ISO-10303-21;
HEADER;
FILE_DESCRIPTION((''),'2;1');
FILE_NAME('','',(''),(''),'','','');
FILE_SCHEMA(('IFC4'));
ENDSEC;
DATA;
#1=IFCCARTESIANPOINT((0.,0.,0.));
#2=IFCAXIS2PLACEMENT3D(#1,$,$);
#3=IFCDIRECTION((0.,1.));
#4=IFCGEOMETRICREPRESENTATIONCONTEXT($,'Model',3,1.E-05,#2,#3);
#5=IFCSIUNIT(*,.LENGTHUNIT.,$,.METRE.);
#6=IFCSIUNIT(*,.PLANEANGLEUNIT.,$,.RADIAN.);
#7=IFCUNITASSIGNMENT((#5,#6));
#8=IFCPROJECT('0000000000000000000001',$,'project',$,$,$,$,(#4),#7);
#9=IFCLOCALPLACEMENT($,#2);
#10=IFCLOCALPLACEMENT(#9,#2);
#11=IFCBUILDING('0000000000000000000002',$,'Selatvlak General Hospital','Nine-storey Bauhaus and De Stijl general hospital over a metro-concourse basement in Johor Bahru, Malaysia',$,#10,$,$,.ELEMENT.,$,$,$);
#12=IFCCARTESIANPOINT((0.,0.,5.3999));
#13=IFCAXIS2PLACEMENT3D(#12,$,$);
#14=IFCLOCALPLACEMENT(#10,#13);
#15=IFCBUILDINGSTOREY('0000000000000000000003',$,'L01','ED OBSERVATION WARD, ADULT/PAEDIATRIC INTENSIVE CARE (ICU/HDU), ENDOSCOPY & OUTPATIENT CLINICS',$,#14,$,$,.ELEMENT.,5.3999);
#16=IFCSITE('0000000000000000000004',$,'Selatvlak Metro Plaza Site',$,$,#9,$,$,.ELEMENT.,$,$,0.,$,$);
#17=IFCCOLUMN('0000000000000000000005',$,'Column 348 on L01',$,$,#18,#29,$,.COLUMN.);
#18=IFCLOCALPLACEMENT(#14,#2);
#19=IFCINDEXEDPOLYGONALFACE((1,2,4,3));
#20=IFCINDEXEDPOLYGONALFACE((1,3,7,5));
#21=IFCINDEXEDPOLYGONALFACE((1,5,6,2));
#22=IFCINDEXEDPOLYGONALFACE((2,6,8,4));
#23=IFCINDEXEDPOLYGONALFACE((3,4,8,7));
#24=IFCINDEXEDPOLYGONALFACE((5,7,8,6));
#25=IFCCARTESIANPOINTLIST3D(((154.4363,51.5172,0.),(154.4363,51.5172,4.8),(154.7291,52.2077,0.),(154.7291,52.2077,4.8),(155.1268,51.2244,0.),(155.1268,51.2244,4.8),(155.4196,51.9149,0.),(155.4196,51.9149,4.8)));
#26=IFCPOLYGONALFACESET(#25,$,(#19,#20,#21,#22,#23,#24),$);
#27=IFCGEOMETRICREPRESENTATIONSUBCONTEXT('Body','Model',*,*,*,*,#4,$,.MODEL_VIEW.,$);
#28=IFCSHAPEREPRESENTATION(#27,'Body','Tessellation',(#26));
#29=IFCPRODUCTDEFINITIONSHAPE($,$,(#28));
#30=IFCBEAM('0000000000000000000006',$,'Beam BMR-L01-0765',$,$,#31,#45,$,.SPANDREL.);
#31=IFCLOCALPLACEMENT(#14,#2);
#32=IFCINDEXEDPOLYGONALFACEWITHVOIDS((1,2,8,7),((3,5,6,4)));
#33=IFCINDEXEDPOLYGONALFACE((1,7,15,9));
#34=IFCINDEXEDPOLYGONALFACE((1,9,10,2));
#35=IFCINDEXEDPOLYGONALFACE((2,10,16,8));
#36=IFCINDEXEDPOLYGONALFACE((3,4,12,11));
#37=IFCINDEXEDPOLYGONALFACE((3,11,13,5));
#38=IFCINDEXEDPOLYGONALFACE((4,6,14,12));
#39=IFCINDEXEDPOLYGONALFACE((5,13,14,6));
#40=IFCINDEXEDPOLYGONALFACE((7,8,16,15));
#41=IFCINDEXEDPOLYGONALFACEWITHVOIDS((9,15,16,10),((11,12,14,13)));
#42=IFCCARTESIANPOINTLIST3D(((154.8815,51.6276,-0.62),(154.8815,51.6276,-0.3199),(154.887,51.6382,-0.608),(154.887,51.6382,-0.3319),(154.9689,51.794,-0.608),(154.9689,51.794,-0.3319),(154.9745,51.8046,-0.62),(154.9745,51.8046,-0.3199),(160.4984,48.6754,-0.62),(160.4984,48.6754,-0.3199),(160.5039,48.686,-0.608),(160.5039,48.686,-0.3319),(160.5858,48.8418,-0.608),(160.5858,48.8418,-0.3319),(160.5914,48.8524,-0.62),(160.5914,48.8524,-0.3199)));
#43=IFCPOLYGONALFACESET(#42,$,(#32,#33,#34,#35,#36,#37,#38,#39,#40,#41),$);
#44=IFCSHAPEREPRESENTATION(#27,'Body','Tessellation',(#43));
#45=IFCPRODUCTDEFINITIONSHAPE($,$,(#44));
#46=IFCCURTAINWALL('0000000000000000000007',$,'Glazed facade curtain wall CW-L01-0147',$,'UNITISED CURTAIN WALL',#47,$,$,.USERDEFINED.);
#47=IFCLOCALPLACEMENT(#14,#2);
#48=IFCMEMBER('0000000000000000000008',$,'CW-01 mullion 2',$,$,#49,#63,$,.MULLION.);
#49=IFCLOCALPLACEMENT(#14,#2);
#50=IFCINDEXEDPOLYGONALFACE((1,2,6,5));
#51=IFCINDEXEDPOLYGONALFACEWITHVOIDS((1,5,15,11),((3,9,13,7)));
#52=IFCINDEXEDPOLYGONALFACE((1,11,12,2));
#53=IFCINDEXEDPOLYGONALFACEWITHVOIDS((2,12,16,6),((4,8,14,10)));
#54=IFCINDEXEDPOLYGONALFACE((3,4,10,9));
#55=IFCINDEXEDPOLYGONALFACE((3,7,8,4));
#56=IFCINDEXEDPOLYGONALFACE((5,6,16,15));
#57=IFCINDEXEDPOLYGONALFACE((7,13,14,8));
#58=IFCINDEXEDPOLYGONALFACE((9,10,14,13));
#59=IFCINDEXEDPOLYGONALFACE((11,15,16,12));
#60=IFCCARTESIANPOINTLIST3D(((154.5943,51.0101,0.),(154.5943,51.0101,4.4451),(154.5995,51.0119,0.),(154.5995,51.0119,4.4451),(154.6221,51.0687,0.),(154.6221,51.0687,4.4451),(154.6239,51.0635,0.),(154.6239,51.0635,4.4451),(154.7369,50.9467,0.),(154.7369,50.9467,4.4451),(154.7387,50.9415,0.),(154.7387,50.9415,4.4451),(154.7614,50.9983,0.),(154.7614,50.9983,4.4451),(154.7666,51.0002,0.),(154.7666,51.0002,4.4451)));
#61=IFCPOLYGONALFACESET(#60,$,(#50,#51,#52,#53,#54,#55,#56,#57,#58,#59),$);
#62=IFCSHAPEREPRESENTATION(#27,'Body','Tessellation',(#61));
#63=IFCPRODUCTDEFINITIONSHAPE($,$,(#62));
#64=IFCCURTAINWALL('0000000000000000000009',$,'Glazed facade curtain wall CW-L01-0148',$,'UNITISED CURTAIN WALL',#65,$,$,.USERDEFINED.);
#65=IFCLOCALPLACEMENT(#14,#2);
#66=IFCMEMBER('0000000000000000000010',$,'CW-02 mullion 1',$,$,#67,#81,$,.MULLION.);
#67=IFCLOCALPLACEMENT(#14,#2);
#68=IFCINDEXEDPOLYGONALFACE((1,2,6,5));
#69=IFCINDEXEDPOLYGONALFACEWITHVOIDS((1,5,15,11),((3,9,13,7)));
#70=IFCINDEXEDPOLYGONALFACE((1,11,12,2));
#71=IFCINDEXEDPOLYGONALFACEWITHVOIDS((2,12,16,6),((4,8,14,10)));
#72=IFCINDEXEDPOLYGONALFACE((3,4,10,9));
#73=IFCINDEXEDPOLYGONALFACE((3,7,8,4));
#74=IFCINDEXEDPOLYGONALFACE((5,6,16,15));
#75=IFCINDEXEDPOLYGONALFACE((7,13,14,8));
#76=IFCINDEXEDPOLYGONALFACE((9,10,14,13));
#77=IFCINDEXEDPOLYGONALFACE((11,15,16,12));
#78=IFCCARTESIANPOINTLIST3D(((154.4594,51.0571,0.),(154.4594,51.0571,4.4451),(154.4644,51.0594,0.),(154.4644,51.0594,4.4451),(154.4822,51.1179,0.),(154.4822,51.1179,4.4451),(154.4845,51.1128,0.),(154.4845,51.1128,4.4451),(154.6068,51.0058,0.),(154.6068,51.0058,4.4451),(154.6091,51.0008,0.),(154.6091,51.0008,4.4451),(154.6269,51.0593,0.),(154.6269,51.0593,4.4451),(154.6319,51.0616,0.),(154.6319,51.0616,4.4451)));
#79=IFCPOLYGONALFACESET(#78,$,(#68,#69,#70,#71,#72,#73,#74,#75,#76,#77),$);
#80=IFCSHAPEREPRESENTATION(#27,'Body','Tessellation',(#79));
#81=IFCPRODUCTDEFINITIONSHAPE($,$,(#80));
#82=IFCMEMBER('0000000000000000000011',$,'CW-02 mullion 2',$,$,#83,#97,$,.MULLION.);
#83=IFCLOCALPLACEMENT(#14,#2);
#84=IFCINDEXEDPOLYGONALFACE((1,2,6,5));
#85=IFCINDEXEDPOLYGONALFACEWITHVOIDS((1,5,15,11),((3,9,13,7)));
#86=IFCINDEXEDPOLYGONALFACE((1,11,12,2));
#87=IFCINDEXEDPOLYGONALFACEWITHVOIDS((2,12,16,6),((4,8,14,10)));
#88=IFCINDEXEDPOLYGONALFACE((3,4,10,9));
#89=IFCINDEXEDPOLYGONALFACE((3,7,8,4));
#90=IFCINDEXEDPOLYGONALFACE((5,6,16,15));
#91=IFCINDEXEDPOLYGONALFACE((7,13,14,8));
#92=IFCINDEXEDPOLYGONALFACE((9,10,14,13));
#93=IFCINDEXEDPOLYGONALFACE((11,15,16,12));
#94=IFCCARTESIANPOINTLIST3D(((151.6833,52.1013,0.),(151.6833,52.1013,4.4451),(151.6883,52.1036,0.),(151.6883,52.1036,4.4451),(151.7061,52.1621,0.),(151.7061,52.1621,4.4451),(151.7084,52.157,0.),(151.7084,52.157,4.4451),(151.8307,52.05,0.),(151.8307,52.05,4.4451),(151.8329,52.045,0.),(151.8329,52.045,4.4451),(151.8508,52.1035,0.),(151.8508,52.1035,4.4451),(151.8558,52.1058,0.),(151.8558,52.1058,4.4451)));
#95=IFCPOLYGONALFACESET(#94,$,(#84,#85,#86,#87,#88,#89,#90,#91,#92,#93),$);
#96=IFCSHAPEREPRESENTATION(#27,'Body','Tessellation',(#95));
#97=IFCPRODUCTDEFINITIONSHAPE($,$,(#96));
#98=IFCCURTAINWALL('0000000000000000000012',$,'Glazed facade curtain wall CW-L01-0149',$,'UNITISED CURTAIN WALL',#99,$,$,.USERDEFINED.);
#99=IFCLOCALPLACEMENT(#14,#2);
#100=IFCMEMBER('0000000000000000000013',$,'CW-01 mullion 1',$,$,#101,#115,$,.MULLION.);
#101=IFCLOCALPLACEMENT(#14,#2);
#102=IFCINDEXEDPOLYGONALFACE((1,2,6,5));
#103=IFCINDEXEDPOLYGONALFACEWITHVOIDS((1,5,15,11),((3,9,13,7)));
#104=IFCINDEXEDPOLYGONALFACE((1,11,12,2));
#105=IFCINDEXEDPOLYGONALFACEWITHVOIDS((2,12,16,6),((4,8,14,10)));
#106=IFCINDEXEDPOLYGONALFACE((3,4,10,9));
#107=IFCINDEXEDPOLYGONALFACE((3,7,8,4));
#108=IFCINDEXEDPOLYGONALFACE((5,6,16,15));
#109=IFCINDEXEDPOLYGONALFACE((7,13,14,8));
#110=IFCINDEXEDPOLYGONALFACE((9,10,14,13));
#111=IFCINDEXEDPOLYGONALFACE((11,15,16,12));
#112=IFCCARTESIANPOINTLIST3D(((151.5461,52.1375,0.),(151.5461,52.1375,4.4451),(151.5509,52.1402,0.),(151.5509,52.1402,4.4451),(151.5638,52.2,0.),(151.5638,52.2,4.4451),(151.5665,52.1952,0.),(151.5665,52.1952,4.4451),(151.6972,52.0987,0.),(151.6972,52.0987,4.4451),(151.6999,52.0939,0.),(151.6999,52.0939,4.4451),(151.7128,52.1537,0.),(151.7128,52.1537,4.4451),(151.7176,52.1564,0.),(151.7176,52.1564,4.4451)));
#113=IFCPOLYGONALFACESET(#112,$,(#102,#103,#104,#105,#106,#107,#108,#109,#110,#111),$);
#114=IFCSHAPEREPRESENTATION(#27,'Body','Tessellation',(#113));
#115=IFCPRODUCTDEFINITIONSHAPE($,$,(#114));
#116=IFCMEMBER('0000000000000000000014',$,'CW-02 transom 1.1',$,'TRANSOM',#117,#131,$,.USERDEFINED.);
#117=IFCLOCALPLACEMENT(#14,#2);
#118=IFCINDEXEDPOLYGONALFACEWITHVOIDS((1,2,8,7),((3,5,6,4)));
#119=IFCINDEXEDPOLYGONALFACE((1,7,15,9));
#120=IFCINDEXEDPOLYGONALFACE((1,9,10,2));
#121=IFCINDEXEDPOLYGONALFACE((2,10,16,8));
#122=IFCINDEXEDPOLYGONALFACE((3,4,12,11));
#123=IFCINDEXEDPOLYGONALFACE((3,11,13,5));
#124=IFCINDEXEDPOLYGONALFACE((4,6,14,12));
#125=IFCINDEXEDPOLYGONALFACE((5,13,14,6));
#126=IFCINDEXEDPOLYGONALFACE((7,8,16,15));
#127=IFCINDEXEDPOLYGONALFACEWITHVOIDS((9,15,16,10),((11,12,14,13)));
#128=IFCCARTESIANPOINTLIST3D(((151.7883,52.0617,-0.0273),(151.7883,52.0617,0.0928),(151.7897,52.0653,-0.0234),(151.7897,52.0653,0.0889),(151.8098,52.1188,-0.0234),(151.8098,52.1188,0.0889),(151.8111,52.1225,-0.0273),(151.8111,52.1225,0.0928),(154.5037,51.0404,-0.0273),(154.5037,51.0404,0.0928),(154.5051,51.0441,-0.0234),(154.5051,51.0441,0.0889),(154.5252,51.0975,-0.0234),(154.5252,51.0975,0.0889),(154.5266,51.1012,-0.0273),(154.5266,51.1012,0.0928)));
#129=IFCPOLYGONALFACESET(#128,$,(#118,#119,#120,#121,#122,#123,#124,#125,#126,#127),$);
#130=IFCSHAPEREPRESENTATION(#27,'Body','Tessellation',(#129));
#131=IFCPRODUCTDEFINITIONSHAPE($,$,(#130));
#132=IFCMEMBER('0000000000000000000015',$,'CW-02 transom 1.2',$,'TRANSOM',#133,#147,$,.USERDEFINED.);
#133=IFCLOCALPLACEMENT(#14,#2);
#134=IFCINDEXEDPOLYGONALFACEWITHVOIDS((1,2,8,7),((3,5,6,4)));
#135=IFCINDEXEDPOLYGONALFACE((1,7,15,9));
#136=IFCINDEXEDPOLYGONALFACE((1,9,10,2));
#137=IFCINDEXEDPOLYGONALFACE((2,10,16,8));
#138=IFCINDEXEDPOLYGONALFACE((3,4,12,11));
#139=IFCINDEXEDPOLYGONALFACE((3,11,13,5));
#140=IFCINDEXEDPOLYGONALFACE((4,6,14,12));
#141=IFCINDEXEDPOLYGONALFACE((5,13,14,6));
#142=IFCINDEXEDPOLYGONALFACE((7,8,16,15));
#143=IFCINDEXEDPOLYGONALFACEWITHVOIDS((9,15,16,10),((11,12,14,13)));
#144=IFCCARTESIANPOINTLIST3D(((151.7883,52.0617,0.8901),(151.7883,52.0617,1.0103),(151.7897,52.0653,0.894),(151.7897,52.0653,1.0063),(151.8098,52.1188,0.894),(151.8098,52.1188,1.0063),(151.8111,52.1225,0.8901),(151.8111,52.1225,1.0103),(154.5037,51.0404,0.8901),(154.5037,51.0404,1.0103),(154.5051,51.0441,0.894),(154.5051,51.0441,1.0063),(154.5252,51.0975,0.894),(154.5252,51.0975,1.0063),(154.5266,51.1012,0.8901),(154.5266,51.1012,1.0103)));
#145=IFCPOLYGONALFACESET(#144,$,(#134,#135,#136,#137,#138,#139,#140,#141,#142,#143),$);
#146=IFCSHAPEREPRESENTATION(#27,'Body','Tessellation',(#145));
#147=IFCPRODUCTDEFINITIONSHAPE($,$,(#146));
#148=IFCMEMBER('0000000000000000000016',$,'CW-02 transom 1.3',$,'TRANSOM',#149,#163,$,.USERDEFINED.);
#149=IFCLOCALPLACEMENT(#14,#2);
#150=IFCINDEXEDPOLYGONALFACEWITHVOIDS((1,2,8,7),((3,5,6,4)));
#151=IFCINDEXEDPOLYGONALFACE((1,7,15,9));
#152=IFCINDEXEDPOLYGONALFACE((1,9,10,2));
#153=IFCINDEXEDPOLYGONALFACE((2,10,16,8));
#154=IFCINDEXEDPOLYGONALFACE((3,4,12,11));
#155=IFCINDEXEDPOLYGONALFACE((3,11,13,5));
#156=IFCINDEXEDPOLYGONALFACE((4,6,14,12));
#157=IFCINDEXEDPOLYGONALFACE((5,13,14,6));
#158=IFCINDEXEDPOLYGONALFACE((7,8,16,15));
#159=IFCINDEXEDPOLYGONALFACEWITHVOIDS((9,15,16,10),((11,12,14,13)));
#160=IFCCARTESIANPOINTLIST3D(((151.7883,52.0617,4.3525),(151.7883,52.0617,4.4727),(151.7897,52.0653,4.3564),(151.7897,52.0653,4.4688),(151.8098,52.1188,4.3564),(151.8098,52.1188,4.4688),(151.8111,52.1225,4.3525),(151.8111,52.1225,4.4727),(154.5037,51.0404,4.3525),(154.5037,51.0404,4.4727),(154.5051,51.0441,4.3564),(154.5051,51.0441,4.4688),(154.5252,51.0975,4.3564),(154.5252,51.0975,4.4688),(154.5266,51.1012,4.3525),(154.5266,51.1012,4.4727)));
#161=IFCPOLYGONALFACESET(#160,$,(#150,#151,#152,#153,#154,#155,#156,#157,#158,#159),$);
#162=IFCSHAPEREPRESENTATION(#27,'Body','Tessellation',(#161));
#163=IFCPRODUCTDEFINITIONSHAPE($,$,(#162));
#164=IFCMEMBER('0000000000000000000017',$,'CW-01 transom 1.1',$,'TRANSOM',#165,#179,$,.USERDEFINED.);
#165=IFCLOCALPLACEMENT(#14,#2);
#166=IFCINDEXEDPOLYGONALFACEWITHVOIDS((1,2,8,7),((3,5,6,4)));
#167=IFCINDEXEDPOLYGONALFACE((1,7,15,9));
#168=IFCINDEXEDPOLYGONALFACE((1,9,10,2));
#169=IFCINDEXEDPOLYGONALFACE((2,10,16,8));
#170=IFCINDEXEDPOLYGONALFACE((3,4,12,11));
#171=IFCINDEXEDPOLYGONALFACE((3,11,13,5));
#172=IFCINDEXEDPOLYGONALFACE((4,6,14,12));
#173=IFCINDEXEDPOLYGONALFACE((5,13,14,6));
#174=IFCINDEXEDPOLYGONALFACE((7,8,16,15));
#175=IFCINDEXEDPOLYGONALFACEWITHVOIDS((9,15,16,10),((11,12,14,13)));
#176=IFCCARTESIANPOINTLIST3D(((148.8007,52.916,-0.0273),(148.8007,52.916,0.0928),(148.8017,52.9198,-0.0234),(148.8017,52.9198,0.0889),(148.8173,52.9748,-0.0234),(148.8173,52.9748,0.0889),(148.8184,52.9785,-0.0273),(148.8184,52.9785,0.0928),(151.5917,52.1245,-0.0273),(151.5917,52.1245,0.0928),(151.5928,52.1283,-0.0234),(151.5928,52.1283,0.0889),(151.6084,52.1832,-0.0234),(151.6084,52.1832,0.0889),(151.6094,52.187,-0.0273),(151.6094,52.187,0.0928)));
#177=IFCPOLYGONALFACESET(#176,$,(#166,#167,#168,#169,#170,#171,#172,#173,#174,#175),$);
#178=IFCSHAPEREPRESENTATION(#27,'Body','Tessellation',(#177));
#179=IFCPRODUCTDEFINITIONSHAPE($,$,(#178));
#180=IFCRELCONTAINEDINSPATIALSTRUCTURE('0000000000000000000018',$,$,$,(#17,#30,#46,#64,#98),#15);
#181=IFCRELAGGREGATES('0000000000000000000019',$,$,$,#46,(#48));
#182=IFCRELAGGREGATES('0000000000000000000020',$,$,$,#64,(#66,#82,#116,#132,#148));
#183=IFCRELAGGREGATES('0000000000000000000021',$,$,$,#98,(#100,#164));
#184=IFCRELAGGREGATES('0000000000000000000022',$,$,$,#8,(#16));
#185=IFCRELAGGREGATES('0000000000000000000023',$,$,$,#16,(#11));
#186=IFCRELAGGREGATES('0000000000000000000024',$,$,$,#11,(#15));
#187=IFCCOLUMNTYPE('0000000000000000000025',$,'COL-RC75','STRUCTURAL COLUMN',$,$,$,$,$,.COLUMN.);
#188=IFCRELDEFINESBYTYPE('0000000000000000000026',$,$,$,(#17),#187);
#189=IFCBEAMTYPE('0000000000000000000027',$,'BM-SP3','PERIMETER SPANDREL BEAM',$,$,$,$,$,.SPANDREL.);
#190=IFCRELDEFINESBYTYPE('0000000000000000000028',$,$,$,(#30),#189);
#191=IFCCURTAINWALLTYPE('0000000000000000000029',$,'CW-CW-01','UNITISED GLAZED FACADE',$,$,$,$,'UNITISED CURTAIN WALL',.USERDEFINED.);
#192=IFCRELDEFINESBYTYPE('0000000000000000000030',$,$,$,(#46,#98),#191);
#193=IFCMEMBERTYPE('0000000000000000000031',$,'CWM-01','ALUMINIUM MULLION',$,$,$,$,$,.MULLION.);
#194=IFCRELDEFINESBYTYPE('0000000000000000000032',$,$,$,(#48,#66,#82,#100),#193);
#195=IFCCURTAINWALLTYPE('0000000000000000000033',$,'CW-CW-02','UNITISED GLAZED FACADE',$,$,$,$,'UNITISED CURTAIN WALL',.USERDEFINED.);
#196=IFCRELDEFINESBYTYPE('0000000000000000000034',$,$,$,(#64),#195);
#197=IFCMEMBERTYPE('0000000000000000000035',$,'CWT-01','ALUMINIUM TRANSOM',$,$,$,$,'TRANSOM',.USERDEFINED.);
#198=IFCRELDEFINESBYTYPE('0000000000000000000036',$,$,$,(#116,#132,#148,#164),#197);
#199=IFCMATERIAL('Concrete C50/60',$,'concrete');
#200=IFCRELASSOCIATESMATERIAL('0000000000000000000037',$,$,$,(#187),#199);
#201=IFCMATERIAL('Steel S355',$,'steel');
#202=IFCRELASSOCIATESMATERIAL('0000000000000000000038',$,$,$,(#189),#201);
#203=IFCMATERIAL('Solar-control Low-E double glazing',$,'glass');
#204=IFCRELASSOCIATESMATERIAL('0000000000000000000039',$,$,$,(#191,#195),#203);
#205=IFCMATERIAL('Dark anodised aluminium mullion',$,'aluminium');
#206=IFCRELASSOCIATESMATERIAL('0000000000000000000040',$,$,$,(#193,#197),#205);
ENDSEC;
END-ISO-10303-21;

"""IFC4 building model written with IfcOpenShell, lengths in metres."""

from ifc_helpers import new_model, si_unit, direction, frame, origin, origin_2d, place, context, subcontext, project, spatial, rectangle, hollow_rectangle, extrude, material, material_profile, profile_set, type_object, element, aggregate, save


model = new_model("IFC4")

# Units and contexts
model_context = context("Model", 3, precision=1e-05, world=origin(), true_north=direction((0.0, 1.0)))
body_context = subcontext(model_context, "Body", "Model", "MODEL_VIEW")
ifc_project = project(units=[si_unit("LENGTHUNIT", "METRE"), si_unit("PLANEANGLEUNIT", "RADIAN")], contexts=[model_context])

# Site, building, storey
site_placement = place(None, origin())
site = spatial("IfcSite", under=ifc_project, at=site_placement, Name="Selatvlak Metro Plaza Site", CompositionType="ELEMENT", RefElevation=0.0)
building_placement = place(site_placement, origin())
building = spatial("IfcBuilding", under=site, at=building_placement, Name="Selatvlak General Hospital", Description="Nine-storey Bauhaus and De Stijl general hospital over a metro-concourse basement in Johor Bahru, Malaysia", CompositionType="ELEMENT")
storey_placement = place(building_placement, frame((0.0, 0.0, 5.3999)))
storey = spatial("IfcBuildingStorey", under=building, at=storey_placement, Name="L01", Description="ED OBSERVATION WARD, ADULT/PAEDIATRIC INTENSIVE CARE (ICU/HDU), ENDOSCOPY & OUTPATIENT CLINICS", CompositionType="ELEMENT", Elevation=5.3999)

# Column
ifc_material_1 = material(Name="Concrete C50/60", Category="concrete")
ifc_material_profile_1 = material_profile(ifc_material_1, rectangle(XDim=0.75, YDim=0.75, at=origin_2d()), Name="RC-COL 750x750")
ifc_profile_set_1 = profile_set([ifc_material_profile_1], Name="Concrete C50/60")
column_type = type_object("IfcColumnType", Name="COL-RC75", Description="STRUCTURAL COLUMN", PredefinedType="COLUMN", material=ifc_profile_set_1)
column_placement = place(storey_placement, frame((154.928, 51.7161, 0.0), z_axis=(0.0, 0.0, 1.0), x_axis=(0.390394, 0.920648, 0.0)))
element("IfcColumn", 1, at=column_placement, inside=storey, type_object=column_type, Name="Column 348 on L01", PredefinedType="COLUMN", context=body_context, shape_type="SweptSolid", body=[
    extrude(rectangle(XDim=0.75, YDim=0.75, at=origin_2d()), origin(), (0.0, 0.0, 1.0), 4.8),
])

# Beam
ifc_material_2 = material(Name="Steel S355", Category="steel")
ifc_material_profile_2 = material_profile(ifc_material_2, hollow_rectangle(XDim=0.2, YDim=0.3, WallThickness=0.012, at=origin_2d()), Name="RHS 300x200x12")
ifc_profile_set_2 = profile_set([ifc_material_profile_2], Name="Steel S355")
beam_type = type_object("IfcBeamType", Name="BM-SP3", Description="PERIMETER SPANDREL BEAM", PredefinedType="SPANDREL", material=ifc_profile_set_2)
beam_placement = place(storey_placement, frame((154.928, 51.7161, -0.47), z_axis=(0.885187, -0.465236, 0.0), x_axis=(0.465236, 0.885187, 0.0)))
element("IfcBeam", 2, at=beam_placement, inside=storey, type_object=beam_type, Name="Beam BMR-L01-0765", PredefinedType="SPANDREL", context=body_context, shape_type="SweptSolid", body=[
    extrude(hollow_rectangle(XDim=0.2, YDim=0.3, WallThickness=0.012, at=origin_2d()), origin(), (0.0, 0.0, 1.0), 6.3455),
])

# Curtain wall, member
ifc_material_3 = material(Name="Solar-control Low-E double glazing", Category="glass")
curtain_wall_type_1 = type_object("IfcCurtainWallType", Name="CW-CW-01", Description="UNITISED GLAZED FACADE", ElementType="UNITISED CURTAIN WALL", PredefinedType="USERDEFINED", material=ifc_material_3)
curtain_wall_1_placement = place(storey_placement, origin())
curtain_wall_1 = element("IfcCurtainWall", 3, at=curtain_wall_1_placement, inside=storey, type_object=curtain_wall_type_1, Name="Glazed facade curtain wall CW-L01-0147", ObjectType="UNITISED CURTAIN WALL", PredefinedType="USERDEFINED")
ifc_material_4 = material(Name="Dark anodised aluminium mullion", Category="aluminium")
ifc_material_profile_3 = material_profile(ifc_material_4, hollow_rectangle(XDim=0.0649, YDim=0.1599, WallThickness=0.0039, at=origin_2d()), Name="AL-MUL 65x160x4")
ifc_profile_set_3 = profile_set([ifc_material_profile_3], Name="Dark anodised aluminium mullion")
member_type_1 = type_object("IfcMemberType", Name="CWM-01", Description="ALUMINIUM MULLION", PredefinedType="MULLION", material=ifc_profile_set_3)
member_1_placement = place(storey_placement, frame((154.6804, 51.0051, 0.0), z_axis=(0.0, 0.0, 1.0), x_axis=(-0.428526, -0.90353, 0.0)))
member_1 = element("IfcMember", 4, at=member_1_placement, type_object=member_type_1, Name="CW-01 mullion 2", PredefinedType="MULLION", context=body_context, shape_type="SweptSolid", body=[
    extrude(hollow_rectangle(XDim=0.0649, YDim=0.1599, WallThickness=0.0039, at=origin_2d()), origin(), (0.0, 0.0, 1.0), 4.4451),
])

# Curtain wall, members
curtain_wall_type_2 = type_object("IfcCurtainWallType", Name="CW-CW-02", Description="UNITISED GLAZED FACADE", ElementType="UNITISED CURTAIN WALL", PredefinedType="USERDEFINED", material=ifc_material_3)
curtain_wall_2_placement = place(storey_placement, origin())
curtain_wall_2 = element("IfcCurtainWall", 5, at=curtain_wall_2_placement, inside=storey, type_object=curtain_wall_type_2, Name="Glazed facade curtain wall CW-L01-0148", ObjectType="UNITISED CURTAIN WALL", PredefinedType="USERDEFINED")
member_2_placement = place(storey_placement, frame((154.5457, 51.0593, 0.0), z_axis=(0.0, 0.0, 1.0), x_axis=(-0.352027, -0.93599, 0.0)))
member_2 = element("IfcMember", 6, at=member_2_placement, type_object=member_type_1, Name="CW-02 mullion 1", PredefinedType="MULLION", context=body_context, shape_type="SweptSolid", body=[
    extrude(hollow_rectangle(XDim=0.0649, YDim=0.1599, WallThickness=0.0039, at=origin_2d()), origin(), (0.0, 0.0, 1.0), 4.4451),
])
member_3_placement = place(storey_placement, frame((151.7695, 52.1035, 0.0), z_axis=(0.0, 0.0, 1.0), x_axis=(-0.352027, -0.93599, 0.0)))
member_3 = element("IfcMember", 7, at=member_3_placement, type_object=member_type_1, Name="CW-02 mullion 2", PredefinedType="MULLION", context=body_context, shape_type="SweptSolid", body=[
    extrude(hollow_rectangle(XDim=0.0649, YDim=0.1599, WallThickness=0.0039, at=origin_2d()), origin(), (0.0, 0.0, 1.0), 4.4451),
])

# Curtain wall, member
curtain_wall_3_placement = place(storey_placement, origin())
curtain_wall_3 = element("IfcCurtainWall", 8, at=curtain_wall_3_placement, inside=storey, type_object=curtain_wall_type_1, Name="Glazed facade curtain wall CW-L01-0149", ObjectType="UNITISED CURTAIN WALL", PredefinedType="USERDEFINED")
member_4_placement = place(storey_placement, frame((151.6318, 52.147, 0.0), z_axis=(0.0, 0.0, 1.0), x_axis=(-0.272847, -0.962057, 0.0)))
member_4 = element("IfcMember", 9, at=member_4_placement, type_object=member_type_1, Name="CW-01 mullion 1", PredefinedType="MULLION", context=body_context, shape_type="SweptSolid", body=[
    extrude(hollow_rectangle(XDim=0.0649, YDim=0.1599, WallThickness=0.0039, at=origin_2d()), origin(), (0.0, 0.0, 1.0), 4.4451),
])

# Members
ifc_material_profile_4 = material_profile(ifc_material_4, hollow_rectangle(XDim=0.0649, YDim=0.1201, WallThickness=0.0039, at=origin_2d()), Name="AL-TRN 65x120x4")
ifc_profile_set_4 = profile_set([ifc_material_profile_4], Name="Dark anodised aluminium mullion")
member_type_2 = type_object("IfcMemberType", Name="CWT-01", Description="ALUMINIUM TRANSOM", ElementType="TRANSOM", PredefinedType="USERDEFINED", material=ifc_profile_set_4)
member_5_placement = place(storey_placement, frame((154.5151, 51.0708, 0.0327), z_axis=(-0.93599, 0.352027, 0.0), x_axis=(-0.352027, -0.93599, 0.0)))
member_5 = element("IfcMember", 10, at=member_5_placement, type_object=member_type_2, Name="CW-02 transom 1.1", ObjectType="TRANSOM", PredefinedType="USERDEFINED", context=body_context, shape_type="SweptSolid", body=[
    extrude(hollow_rectangle(XDim=0.0649, YDim=0.1201, WallThickness=0.0039, at=origin_2d()), origin(), (0.0, 0.0, 1.0), 2.9011),
])
member_6_placement = place(storey_placement, frame((154.5151, 51.0708, 0.9502), z_axis=(-0.93599, 0.352027, 0.0), x_axis=(-0.352027, -0.93599, 0.0)))
member_6 = element("IfcMember", 11, at=member_6_placement, type_object=member_type_2, Name="CW-02 transom 1.2", ObjectType="TRANSOM", PredefinedType="USERDEFINED", context=body_context, shape_type="SweptSolid", body=[
    extrude(hollow_rectangle(XDim=0.0649, YDim=0.1201, WallThickness=0.0039, at=origin_2d()), origin(), (0.0, 0.0, 1.0), 2.9011),
])
member_7_placement = place(storey_placement, frame((154.5151, 51.0708, 4.4126), z_axis=(-0.93599, 0.352027, 0.0), x_axis=(-0.352027, -0.93599, 0.0)))
member_7 = element("IfcMember", 12, at=member_7_placement, type_object=member_type_2, Name="CW-02 transom 1.3", ObjectType="TRANSOM", PredefinedType="USERDEFINED", context=body_context, shape_type="SweptSolid", body=[
    extrude(hollow_rectangle(XDim=0.0649, YDim=0.1201, WallThickness=0.0039, at=origin_2d()), origin(), (0.0, 0.0, 1.0), 2.9011),
])
member_8_placement = place(storey_placement, frame((151.6006, 52.1558, 0.0327), z_axis=(-0.962062, 0.272831, 0.0), x_axis=(-0.272831, -0.962062, 0.0)))
member_8 = element("IfcMember", 13, at=member_8_placement, type_object=member_type_2, Name="CW-01 transom 1.1", ObjectType="TRANSOM", PredefinedType="USERDEFINED", context=body_context, shape_type="SweptSolid", body=[
    extrude(hollow_rectangle(XDim=0.0649, YDim=0.1201, WallThickness=0.0039, at=origin_2d()), origin(), (0.0, 0.0, 1.0), 2.9011),
])

aggregate(curtain_wall_1, [member_1])
aggregate(curtain_wall_2, [member_2, member_3, member_5, member_6, member_7])
aggregate(curtain_wall_3, [member_4, member_8])

save(model, "model.ifc")
